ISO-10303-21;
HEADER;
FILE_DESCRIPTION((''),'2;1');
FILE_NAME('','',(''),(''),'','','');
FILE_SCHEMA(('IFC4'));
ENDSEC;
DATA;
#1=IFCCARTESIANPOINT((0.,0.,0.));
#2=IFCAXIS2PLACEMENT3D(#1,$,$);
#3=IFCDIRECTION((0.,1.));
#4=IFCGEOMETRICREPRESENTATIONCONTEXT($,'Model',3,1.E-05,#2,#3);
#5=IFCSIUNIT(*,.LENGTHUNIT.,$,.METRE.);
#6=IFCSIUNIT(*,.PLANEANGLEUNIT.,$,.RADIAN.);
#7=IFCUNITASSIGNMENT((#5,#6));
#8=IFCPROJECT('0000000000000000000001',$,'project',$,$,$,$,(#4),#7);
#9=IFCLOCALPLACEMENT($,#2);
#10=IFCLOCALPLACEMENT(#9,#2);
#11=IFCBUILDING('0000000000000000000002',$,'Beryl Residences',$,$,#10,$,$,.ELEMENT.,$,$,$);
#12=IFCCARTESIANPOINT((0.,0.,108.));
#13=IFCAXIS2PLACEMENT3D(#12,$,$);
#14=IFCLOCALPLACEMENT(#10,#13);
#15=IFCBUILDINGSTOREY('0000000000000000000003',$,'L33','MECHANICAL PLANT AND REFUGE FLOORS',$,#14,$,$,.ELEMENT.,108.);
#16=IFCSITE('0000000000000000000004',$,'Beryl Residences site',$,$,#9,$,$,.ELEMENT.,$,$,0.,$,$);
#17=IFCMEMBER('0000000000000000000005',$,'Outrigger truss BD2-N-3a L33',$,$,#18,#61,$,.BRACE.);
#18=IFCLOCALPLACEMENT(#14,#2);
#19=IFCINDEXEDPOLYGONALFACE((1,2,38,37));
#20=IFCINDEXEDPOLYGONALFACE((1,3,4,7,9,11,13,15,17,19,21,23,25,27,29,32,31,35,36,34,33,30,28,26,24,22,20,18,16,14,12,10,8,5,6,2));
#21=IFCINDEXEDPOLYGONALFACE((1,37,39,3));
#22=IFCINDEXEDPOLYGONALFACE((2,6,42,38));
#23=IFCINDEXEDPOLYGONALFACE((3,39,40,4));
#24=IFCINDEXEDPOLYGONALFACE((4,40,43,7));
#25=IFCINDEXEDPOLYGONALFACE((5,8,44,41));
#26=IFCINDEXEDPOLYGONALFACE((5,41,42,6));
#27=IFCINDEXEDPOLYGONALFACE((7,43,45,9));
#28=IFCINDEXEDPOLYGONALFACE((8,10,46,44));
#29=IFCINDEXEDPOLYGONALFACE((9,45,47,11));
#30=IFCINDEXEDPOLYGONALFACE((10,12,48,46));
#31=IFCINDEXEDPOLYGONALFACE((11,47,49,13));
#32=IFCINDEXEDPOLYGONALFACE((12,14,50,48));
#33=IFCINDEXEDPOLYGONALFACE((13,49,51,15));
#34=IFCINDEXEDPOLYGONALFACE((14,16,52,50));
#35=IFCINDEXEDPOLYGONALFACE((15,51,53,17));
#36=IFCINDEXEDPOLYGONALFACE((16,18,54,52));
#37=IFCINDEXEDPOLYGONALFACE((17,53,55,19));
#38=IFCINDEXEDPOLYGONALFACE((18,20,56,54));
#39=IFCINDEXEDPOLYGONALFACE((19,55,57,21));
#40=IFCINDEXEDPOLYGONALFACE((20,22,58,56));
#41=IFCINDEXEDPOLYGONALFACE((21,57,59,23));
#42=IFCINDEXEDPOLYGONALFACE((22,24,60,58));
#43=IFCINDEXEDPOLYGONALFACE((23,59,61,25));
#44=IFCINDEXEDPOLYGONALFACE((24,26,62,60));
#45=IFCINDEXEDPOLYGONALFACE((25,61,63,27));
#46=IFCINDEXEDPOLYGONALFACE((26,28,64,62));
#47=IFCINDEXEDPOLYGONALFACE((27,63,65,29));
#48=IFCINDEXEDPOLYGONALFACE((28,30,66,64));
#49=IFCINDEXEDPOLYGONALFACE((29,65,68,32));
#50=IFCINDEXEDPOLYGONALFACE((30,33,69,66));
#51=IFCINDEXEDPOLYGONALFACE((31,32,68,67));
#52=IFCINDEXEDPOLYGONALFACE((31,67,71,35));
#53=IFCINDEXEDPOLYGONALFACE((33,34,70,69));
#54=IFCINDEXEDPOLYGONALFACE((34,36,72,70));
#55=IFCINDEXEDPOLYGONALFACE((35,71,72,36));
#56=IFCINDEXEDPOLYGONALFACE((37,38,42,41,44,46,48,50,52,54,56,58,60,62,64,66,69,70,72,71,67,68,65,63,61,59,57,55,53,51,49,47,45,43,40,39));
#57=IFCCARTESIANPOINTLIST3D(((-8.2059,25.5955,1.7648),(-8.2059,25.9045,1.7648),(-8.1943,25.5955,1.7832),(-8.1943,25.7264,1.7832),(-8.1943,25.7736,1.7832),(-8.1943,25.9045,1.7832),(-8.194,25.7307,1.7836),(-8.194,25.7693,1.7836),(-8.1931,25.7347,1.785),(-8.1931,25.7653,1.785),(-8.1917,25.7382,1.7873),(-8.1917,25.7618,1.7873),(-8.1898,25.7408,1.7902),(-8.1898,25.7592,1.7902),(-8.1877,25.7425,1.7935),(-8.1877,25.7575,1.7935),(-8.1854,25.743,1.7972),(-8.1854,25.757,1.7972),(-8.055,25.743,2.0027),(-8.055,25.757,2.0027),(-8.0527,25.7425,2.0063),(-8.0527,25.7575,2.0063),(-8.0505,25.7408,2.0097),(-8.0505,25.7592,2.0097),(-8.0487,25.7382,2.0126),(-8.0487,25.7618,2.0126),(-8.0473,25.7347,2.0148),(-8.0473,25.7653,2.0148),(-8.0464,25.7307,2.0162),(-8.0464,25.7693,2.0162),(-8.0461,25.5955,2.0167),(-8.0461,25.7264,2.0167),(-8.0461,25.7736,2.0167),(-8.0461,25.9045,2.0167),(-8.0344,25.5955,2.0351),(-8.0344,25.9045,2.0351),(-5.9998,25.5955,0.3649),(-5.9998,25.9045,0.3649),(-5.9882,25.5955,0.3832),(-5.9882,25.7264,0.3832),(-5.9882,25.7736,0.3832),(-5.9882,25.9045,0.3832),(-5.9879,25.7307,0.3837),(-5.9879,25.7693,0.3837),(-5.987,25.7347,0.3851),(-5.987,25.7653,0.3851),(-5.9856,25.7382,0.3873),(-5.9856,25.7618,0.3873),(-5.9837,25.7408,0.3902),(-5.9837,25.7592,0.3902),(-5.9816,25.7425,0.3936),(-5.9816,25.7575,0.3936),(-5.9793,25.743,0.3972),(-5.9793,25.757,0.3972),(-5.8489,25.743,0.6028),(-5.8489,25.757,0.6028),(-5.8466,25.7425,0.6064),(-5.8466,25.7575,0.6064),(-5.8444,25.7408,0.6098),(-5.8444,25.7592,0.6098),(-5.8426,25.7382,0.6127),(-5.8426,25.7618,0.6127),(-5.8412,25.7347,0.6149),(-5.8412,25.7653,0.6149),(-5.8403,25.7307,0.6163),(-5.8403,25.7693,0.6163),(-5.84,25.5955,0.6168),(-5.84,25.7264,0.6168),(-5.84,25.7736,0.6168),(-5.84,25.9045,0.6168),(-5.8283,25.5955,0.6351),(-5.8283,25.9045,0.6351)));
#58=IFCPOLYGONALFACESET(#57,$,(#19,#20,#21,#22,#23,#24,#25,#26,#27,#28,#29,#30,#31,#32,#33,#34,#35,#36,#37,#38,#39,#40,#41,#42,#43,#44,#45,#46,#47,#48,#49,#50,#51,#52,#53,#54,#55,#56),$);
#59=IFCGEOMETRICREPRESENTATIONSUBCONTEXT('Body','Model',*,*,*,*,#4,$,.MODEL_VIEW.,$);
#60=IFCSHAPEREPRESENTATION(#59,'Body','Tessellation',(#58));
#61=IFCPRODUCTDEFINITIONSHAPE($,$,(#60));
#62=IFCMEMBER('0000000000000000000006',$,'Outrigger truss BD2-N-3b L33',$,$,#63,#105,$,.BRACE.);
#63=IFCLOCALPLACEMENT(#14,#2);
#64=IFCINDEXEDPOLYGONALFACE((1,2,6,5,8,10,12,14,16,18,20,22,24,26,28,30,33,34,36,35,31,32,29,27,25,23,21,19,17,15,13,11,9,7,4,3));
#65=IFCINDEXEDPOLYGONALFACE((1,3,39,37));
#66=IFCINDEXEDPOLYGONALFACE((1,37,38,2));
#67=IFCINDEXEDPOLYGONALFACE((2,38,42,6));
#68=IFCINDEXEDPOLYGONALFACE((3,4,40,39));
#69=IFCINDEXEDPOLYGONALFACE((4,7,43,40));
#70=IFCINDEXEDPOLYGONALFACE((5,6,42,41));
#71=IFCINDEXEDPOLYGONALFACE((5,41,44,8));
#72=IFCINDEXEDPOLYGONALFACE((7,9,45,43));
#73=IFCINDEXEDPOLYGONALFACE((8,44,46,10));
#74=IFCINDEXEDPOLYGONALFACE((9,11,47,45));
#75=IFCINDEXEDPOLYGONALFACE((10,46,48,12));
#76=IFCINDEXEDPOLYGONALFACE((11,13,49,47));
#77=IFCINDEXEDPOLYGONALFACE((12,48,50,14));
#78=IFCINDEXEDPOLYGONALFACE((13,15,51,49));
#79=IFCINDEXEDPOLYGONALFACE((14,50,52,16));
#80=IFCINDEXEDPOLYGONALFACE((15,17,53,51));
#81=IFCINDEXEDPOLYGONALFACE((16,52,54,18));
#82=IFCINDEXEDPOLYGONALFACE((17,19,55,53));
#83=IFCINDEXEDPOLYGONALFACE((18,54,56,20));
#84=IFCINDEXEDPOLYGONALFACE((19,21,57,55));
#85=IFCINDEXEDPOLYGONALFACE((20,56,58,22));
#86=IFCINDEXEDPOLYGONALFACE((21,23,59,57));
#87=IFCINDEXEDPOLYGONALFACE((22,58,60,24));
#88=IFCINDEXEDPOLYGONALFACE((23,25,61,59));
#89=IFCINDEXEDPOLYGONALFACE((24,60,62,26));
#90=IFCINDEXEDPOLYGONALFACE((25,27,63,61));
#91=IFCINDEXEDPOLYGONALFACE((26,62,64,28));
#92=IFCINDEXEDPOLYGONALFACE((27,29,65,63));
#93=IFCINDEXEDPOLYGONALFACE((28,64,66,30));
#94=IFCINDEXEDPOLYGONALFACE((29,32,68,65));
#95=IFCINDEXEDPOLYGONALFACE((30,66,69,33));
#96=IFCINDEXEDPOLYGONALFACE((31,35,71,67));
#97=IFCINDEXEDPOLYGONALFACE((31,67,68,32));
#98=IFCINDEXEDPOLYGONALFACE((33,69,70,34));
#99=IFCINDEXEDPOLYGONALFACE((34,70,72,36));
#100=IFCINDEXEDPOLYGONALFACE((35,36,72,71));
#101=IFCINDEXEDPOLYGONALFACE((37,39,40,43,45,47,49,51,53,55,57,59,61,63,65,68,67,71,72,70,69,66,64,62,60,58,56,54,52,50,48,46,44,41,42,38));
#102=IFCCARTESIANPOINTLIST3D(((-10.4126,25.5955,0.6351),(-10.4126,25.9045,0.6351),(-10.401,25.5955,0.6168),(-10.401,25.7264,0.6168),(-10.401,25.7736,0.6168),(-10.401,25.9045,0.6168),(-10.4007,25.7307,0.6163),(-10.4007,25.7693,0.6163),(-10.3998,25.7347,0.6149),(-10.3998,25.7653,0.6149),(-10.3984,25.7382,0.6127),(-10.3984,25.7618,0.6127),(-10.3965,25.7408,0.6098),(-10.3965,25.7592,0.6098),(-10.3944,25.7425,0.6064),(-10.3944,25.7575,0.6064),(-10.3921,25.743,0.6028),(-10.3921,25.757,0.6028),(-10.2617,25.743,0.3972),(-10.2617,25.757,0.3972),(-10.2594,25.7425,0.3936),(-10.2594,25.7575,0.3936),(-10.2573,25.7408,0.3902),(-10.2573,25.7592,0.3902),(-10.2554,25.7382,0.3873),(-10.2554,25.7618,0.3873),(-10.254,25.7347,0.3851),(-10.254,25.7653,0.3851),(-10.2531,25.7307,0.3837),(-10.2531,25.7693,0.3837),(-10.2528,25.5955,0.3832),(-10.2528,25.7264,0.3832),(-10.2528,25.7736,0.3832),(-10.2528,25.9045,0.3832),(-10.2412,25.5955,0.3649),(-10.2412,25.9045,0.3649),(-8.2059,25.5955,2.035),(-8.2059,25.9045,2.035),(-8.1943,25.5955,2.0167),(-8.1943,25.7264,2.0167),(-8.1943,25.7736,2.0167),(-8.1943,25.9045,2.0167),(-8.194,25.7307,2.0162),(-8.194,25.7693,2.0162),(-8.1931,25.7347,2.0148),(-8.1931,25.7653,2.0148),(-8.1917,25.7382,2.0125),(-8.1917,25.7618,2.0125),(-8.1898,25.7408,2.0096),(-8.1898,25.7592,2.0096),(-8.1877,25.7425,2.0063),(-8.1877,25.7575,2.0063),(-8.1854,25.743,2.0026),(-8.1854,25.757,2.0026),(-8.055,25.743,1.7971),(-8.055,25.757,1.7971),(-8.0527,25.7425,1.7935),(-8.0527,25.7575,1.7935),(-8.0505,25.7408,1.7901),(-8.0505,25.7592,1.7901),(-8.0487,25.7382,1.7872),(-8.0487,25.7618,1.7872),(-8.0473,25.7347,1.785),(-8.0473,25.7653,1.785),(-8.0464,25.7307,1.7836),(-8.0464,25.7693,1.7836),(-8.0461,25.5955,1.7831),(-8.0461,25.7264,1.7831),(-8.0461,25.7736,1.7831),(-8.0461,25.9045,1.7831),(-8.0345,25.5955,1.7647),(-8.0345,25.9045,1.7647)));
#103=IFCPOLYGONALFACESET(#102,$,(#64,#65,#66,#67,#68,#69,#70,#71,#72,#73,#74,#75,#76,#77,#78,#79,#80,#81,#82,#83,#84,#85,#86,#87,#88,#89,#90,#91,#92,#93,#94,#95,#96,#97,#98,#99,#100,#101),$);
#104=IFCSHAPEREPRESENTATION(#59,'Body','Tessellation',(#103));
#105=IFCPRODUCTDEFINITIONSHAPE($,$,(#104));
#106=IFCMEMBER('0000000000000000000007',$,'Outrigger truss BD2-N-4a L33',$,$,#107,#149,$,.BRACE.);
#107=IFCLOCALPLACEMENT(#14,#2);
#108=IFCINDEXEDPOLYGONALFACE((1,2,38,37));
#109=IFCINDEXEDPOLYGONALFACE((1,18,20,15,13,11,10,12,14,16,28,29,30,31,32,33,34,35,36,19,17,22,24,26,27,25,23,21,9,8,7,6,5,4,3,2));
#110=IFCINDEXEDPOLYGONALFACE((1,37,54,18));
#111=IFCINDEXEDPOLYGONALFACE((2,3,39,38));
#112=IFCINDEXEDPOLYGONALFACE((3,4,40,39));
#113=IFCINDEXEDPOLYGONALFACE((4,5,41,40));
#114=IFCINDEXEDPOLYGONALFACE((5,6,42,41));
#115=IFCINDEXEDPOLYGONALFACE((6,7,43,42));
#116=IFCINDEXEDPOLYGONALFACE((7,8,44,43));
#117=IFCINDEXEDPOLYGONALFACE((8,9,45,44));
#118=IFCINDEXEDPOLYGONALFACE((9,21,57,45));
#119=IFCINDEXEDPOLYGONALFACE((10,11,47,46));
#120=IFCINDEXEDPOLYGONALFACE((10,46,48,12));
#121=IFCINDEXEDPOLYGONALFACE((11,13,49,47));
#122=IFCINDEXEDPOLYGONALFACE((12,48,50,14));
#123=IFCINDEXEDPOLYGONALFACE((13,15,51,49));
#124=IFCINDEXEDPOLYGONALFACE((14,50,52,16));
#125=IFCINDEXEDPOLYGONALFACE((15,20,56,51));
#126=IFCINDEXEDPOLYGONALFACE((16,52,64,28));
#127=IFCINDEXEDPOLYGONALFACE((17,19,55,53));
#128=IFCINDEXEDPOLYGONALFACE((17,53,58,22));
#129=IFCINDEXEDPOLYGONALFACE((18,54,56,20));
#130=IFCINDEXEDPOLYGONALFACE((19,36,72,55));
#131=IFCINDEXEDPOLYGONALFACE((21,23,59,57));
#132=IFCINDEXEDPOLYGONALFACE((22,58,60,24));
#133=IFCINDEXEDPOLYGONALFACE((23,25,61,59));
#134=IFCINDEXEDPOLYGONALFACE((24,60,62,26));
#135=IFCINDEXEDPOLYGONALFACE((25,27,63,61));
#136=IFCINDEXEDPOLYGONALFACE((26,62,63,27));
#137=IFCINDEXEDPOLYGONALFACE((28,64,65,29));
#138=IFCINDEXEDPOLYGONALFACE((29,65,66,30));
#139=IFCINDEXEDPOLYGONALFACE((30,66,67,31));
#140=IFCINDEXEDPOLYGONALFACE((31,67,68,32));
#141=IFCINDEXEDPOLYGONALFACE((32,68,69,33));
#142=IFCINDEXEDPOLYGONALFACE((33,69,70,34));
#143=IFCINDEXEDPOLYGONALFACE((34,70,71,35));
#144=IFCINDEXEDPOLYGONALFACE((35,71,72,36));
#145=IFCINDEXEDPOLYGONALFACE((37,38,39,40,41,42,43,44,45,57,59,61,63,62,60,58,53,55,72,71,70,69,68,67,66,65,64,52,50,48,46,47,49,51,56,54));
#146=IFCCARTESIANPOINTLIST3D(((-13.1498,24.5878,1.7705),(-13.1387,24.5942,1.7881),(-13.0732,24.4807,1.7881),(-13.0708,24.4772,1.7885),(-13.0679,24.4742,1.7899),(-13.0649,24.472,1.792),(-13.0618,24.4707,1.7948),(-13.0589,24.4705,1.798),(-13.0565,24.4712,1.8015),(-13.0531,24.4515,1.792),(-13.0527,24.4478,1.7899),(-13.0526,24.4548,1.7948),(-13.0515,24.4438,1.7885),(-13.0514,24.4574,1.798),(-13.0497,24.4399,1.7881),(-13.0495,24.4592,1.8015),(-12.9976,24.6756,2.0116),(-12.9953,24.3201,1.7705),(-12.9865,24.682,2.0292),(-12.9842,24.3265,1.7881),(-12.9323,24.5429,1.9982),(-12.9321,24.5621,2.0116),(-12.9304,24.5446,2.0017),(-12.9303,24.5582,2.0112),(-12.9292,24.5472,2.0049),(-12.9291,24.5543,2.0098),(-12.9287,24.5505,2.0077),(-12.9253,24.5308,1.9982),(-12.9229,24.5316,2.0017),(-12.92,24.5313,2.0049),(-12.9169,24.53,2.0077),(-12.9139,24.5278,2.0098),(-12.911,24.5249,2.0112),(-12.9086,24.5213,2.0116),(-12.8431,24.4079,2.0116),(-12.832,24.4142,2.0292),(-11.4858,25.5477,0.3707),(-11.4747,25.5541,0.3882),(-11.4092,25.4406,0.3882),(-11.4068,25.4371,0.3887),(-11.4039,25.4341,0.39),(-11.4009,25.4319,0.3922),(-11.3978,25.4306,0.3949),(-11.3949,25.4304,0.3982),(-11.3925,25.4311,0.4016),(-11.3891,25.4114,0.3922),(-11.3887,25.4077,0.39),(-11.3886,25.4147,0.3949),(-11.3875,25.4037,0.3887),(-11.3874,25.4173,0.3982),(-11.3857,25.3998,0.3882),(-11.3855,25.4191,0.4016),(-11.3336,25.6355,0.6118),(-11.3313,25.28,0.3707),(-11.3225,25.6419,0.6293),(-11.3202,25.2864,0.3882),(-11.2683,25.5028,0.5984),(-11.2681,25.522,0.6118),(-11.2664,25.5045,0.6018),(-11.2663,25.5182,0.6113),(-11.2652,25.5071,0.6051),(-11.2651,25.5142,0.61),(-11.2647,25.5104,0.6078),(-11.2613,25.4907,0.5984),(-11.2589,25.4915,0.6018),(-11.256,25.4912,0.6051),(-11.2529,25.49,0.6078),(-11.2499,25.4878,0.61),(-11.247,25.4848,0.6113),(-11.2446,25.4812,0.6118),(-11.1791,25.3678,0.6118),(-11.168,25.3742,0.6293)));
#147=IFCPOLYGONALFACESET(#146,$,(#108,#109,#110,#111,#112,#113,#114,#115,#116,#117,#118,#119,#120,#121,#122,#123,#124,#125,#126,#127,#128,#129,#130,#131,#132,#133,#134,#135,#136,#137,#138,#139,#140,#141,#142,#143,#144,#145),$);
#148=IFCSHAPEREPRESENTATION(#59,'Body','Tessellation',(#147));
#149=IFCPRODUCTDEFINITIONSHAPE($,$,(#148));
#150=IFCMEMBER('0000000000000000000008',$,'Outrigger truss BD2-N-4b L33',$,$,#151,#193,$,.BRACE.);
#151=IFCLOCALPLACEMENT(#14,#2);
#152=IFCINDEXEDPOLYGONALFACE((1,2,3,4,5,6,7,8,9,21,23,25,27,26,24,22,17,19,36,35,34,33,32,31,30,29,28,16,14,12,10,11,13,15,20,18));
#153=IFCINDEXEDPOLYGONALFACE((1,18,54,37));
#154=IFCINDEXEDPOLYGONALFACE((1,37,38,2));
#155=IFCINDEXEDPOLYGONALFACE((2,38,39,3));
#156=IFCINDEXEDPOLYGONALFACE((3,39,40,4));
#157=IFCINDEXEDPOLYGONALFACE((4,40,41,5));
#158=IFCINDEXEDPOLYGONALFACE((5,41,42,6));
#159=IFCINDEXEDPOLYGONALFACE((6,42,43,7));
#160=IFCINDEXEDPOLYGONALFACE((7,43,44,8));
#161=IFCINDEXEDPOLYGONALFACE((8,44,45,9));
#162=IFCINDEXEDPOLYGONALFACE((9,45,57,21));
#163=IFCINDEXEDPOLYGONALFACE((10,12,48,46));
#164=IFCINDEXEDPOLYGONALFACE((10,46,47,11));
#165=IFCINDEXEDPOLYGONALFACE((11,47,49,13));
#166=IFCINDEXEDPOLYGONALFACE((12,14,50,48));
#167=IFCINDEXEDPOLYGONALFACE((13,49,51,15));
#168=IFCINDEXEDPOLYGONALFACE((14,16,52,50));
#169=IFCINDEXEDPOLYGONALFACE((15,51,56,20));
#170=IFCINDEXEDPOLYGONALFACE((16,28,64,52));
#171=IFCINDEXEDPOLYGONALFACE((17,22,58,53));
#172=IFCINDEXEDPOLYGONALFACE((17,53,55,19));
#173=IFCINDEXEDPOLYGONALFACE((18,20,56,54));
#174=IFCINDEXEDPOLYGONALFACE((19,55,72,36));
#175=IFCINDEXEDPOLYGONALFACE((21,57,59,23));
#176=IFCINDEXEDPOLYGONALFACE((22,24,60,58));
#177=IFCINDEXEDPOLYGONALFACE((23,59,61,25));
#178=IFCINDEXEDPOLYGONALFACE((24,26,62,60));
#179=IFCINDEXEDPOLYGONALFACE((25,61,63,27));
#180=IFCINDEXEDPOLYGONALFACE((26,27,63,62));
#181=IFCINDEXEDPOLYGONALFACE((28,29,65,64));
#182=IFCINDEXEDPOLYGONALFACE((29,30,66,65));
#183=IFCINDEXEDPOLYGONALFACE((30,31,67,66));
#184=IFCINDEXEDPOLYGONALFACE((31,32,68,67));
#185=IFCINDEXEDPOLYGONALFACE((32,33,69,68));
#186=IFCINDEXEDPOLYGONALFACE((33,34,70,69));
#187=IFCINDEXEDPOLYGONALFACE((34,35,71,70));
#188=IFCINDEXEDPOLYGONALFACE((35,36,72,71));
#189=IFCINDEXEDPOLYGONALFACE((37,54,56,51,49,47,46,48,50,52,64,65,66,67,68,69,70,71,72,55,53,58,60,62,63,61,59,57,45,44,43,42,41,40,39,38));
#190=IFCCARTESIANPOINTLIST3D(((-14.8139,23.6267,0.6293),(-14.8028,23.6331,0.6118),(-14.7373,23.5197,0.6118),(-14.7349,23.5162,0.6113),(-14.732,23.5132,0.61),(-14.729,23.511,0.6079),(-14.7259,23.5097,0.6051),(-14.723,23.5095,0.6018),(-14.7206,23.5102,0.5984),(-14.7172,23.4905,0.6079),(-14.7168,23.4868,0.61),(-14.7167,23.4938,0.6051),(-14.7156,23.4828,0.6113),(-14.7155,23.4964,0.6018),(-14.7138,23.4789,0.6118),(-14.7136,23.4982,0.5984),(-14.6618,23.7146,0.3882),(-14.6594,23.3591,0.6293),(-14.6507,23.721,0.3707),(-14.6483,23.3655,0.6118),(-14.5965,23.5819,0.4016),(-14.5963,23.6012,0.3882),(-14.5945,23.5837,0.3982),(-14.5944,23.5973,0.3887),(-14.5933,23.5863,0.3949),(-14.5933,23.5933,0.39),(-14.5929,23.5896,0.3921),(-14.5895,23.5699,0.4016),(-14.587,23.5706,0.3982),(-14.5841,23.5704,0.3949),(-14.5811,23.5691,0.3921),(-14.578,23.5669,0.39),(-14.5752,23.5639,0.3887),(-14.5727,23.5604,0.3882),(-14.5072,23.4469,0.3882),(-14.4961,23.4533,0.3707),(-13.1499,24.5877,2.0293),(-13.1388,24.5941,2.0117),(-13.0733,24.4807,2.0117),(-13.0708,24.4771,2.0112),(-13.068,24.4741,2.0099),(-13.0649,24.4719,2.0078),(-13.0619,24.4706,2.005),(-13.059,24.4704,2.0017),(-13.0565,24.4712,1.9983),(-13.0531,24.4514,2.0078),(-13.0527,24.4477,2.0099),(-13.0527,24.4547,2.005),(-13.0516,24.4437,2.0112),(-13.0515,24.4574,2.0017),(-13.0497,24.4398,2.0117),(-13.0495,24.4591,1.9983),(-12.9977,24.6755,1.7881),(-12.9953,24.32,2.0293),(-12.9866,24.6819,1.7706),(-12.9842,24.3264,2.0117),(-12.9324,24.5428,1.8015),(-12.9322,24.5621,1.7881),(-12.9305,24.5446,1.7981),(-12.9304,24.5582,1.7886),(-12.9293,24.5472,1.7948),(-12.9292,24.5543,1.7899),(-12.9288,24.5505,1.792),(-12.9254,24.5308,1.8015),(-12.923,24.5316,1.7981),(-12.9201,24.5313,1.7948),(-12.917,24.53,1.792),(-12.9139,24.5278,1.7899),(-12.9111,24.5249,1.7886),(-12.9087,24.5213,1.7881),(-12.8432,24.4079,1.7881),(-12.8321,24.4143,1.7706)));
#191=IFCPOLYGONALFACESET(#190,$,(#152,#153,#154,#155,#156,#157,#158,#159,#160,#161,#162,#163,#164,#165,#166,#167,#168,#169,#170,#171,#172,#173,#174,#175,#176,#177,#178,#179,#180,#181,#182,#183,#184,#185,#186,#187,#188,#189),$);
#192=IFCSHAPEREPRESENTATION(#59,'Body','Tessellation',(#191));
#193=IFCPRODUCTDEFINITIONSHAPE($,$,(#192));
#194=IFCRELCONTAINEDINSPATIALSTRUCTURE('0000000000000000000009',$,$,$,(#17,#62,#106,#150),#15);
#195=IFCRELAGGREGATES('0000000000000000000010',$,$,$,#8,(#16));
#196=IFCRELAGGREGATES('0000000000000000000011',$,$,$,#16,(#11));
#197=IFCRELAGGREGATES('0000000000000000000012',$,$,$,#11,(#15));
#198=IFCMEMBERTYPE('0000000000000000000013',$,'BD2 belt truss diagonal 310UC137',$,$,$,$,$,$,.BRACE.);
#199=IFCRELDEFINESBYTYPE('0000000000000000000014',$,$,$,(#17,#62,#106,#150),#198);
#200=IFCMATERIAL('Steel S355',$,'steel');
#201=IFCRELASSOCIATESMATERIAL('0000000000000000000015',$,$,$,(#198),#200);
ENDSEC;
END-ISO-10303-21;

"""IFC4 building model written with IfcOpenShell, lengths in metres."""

from ifc_helpers import new_model, si_unit, direction, frame, origin, origin_2d, place, context, subcontext, project, spatial, i_section, extrude, material, material_profile, profile_set, type_object, element, save


model = new_model("IFC4")

# Units and contexts
model_context = context("Model", 3, precision=1e-05, world=origin(), true_north=direction((0.0, 1.0)))
body_context = subcontext(model_context, "Body", "Model", "MODEL_VIEW")
ifc_project = project(units=[si_unit("LENGTHUNIT", "METRE"), si_unit("PLANEANGLEUNIT", "RADIAN")], contexts=[model_context])

# Site, building, storey
site_placement = place(None, origin())
site = spatial("IfcSite", under=ifc_project, at=site_placement, Name="Beryl Residences site", CompositionType="ELEMENT", RefElevation=0.0)
building_placement = place(site_placement, origin())
building = spatial("IfcBuilding", under=site, at=building_placement, Name="Beryl Residences", CompositionType="ELEMENT")
storey_placement = place(building_placement, frame((0.0, 0.0, 108.0)))
storey = spatial("IfcBuildingStorey", under=building, at=storey_placement, Name="L33", Description="MECHANICAL PLANT AND REFUGE FLOORS", CompositionType="ELEMENT", Elevation=108.0)

# Members
ifc_material_1 = material(Name="Steel S355", Category="steel")
ifc_material_profile_1 = material_profile(ifc_material_1, i_section(OverallWidth=0.3091, OverallDepth=0.3201, WebThickness=0.0139, FlangeThickness=0.0217, FilletRadius=0.0166, at=origin_2d()))
ifc_profile_set_1 = profile_set([ifc_material_profile_1], Name="Steel S355")
member_type_1 = type_object("IfcMemberType", Name="BD2 belt truss diagonal 310UC137", PredefinedType="BRACE", material=ifc_profile_set_1)
for number, where, z_axis, x_axis, name in (
    (1, (-5.9141, 25.75, 0.5), (-0.844346, 0.0, 0.535799), (0.0, -1.0, 0.0), "Outrigger truss BD2-N-3a L33"),
):
    element("IfcMember", number, at=place(storey_placement, frame(where, z_axis=z_axis, x_axis=x_axis)), inside=storey, type_object=member_type_1, Name=name, PredefinedType="BRACE", context=body_context, shape_type="SweptSolid", body=[
        extrude(i_section(OverallWidth=0.3091, OverallDepth=0.3201, WebThickness=0.0139, FlangeThickness=0.0217, FilletRadius=0.0166, at=origin_2d()), origin(), (0.0, 0.0, 1.0), 2.6128),
    ])
member_1_placement = place(storey_placement, frame((-10.3269, 25.75, 0.5), z_axis=(0.844426, 0.0, 0.535672), x_axis=(0.0, 1.0, 0.0)))
element("IfcMember", 2, at=member_1_placement, inside=storey, type_object=member_type_1, Name="Outrigger truss BD2-N-3b L33", PredefinedType="BRACE", context=body_context, shape_type="SweptSolid", body=[
    extrude(i_section(OverallWidth=0.3091, OverallDepth=0.3201, WebThickness=0.0139, FlangeThickness=0.0217, FilletRadius=0.0166, at=origin_2d()), origin(), (0.0, 0.0, 1.0), 2.6133),
])
member_2_placement = place(storey_placement, frame((-11.3269, 25.4609, 0.5), z_axis=(-0.700054, -0.403846, 0.588925), x_axis=(0.499693, -0.866203, 0.0)))
element("IfcMember", 3, at=member_2_placement, inside=storey, type_object=member_type_1, Name="Outrigger truss BD2-N-4a L33", PredefinedType="BRACE", context=body_context, shape_type="SweptSolid", body=[
    extrude(i_section(OverallWidth=0.3091, OverallDepth=0.3201, WebThickness=0.0139, FlangeThickness=0.0217, FilletRadius=0.0166, at=origin_2d()), origin(), (0.0, 0.0, 1.0), 2.377),
])
member_3_placement = place(storey_placement, frame((-14.655, 23.54, 0.5), z_axis=(0.699938, 0.40419, 0.588827), x_axis=(-0.500074, 0.865982, 0.0)))
element("IfcMember", 4, at=member_3_placement, inside=storey, type_object=member_type_1, Name="Outrigger truss BD2-N-4b L33", PredefinedType="BRACE", context=body_context, shape_type="SweptSolid", body=[
    extrude(i_section(OverallWidth=0.3091, OverallDepth=0.3201, WebThickness=0.0139, FlangeThickness=0.0217, FilletRadius=0.0166, at=origin_2d()), origin(), (0.0, 0.0, 1.0), 2.3774),
])

save(model, "model.ifc")
